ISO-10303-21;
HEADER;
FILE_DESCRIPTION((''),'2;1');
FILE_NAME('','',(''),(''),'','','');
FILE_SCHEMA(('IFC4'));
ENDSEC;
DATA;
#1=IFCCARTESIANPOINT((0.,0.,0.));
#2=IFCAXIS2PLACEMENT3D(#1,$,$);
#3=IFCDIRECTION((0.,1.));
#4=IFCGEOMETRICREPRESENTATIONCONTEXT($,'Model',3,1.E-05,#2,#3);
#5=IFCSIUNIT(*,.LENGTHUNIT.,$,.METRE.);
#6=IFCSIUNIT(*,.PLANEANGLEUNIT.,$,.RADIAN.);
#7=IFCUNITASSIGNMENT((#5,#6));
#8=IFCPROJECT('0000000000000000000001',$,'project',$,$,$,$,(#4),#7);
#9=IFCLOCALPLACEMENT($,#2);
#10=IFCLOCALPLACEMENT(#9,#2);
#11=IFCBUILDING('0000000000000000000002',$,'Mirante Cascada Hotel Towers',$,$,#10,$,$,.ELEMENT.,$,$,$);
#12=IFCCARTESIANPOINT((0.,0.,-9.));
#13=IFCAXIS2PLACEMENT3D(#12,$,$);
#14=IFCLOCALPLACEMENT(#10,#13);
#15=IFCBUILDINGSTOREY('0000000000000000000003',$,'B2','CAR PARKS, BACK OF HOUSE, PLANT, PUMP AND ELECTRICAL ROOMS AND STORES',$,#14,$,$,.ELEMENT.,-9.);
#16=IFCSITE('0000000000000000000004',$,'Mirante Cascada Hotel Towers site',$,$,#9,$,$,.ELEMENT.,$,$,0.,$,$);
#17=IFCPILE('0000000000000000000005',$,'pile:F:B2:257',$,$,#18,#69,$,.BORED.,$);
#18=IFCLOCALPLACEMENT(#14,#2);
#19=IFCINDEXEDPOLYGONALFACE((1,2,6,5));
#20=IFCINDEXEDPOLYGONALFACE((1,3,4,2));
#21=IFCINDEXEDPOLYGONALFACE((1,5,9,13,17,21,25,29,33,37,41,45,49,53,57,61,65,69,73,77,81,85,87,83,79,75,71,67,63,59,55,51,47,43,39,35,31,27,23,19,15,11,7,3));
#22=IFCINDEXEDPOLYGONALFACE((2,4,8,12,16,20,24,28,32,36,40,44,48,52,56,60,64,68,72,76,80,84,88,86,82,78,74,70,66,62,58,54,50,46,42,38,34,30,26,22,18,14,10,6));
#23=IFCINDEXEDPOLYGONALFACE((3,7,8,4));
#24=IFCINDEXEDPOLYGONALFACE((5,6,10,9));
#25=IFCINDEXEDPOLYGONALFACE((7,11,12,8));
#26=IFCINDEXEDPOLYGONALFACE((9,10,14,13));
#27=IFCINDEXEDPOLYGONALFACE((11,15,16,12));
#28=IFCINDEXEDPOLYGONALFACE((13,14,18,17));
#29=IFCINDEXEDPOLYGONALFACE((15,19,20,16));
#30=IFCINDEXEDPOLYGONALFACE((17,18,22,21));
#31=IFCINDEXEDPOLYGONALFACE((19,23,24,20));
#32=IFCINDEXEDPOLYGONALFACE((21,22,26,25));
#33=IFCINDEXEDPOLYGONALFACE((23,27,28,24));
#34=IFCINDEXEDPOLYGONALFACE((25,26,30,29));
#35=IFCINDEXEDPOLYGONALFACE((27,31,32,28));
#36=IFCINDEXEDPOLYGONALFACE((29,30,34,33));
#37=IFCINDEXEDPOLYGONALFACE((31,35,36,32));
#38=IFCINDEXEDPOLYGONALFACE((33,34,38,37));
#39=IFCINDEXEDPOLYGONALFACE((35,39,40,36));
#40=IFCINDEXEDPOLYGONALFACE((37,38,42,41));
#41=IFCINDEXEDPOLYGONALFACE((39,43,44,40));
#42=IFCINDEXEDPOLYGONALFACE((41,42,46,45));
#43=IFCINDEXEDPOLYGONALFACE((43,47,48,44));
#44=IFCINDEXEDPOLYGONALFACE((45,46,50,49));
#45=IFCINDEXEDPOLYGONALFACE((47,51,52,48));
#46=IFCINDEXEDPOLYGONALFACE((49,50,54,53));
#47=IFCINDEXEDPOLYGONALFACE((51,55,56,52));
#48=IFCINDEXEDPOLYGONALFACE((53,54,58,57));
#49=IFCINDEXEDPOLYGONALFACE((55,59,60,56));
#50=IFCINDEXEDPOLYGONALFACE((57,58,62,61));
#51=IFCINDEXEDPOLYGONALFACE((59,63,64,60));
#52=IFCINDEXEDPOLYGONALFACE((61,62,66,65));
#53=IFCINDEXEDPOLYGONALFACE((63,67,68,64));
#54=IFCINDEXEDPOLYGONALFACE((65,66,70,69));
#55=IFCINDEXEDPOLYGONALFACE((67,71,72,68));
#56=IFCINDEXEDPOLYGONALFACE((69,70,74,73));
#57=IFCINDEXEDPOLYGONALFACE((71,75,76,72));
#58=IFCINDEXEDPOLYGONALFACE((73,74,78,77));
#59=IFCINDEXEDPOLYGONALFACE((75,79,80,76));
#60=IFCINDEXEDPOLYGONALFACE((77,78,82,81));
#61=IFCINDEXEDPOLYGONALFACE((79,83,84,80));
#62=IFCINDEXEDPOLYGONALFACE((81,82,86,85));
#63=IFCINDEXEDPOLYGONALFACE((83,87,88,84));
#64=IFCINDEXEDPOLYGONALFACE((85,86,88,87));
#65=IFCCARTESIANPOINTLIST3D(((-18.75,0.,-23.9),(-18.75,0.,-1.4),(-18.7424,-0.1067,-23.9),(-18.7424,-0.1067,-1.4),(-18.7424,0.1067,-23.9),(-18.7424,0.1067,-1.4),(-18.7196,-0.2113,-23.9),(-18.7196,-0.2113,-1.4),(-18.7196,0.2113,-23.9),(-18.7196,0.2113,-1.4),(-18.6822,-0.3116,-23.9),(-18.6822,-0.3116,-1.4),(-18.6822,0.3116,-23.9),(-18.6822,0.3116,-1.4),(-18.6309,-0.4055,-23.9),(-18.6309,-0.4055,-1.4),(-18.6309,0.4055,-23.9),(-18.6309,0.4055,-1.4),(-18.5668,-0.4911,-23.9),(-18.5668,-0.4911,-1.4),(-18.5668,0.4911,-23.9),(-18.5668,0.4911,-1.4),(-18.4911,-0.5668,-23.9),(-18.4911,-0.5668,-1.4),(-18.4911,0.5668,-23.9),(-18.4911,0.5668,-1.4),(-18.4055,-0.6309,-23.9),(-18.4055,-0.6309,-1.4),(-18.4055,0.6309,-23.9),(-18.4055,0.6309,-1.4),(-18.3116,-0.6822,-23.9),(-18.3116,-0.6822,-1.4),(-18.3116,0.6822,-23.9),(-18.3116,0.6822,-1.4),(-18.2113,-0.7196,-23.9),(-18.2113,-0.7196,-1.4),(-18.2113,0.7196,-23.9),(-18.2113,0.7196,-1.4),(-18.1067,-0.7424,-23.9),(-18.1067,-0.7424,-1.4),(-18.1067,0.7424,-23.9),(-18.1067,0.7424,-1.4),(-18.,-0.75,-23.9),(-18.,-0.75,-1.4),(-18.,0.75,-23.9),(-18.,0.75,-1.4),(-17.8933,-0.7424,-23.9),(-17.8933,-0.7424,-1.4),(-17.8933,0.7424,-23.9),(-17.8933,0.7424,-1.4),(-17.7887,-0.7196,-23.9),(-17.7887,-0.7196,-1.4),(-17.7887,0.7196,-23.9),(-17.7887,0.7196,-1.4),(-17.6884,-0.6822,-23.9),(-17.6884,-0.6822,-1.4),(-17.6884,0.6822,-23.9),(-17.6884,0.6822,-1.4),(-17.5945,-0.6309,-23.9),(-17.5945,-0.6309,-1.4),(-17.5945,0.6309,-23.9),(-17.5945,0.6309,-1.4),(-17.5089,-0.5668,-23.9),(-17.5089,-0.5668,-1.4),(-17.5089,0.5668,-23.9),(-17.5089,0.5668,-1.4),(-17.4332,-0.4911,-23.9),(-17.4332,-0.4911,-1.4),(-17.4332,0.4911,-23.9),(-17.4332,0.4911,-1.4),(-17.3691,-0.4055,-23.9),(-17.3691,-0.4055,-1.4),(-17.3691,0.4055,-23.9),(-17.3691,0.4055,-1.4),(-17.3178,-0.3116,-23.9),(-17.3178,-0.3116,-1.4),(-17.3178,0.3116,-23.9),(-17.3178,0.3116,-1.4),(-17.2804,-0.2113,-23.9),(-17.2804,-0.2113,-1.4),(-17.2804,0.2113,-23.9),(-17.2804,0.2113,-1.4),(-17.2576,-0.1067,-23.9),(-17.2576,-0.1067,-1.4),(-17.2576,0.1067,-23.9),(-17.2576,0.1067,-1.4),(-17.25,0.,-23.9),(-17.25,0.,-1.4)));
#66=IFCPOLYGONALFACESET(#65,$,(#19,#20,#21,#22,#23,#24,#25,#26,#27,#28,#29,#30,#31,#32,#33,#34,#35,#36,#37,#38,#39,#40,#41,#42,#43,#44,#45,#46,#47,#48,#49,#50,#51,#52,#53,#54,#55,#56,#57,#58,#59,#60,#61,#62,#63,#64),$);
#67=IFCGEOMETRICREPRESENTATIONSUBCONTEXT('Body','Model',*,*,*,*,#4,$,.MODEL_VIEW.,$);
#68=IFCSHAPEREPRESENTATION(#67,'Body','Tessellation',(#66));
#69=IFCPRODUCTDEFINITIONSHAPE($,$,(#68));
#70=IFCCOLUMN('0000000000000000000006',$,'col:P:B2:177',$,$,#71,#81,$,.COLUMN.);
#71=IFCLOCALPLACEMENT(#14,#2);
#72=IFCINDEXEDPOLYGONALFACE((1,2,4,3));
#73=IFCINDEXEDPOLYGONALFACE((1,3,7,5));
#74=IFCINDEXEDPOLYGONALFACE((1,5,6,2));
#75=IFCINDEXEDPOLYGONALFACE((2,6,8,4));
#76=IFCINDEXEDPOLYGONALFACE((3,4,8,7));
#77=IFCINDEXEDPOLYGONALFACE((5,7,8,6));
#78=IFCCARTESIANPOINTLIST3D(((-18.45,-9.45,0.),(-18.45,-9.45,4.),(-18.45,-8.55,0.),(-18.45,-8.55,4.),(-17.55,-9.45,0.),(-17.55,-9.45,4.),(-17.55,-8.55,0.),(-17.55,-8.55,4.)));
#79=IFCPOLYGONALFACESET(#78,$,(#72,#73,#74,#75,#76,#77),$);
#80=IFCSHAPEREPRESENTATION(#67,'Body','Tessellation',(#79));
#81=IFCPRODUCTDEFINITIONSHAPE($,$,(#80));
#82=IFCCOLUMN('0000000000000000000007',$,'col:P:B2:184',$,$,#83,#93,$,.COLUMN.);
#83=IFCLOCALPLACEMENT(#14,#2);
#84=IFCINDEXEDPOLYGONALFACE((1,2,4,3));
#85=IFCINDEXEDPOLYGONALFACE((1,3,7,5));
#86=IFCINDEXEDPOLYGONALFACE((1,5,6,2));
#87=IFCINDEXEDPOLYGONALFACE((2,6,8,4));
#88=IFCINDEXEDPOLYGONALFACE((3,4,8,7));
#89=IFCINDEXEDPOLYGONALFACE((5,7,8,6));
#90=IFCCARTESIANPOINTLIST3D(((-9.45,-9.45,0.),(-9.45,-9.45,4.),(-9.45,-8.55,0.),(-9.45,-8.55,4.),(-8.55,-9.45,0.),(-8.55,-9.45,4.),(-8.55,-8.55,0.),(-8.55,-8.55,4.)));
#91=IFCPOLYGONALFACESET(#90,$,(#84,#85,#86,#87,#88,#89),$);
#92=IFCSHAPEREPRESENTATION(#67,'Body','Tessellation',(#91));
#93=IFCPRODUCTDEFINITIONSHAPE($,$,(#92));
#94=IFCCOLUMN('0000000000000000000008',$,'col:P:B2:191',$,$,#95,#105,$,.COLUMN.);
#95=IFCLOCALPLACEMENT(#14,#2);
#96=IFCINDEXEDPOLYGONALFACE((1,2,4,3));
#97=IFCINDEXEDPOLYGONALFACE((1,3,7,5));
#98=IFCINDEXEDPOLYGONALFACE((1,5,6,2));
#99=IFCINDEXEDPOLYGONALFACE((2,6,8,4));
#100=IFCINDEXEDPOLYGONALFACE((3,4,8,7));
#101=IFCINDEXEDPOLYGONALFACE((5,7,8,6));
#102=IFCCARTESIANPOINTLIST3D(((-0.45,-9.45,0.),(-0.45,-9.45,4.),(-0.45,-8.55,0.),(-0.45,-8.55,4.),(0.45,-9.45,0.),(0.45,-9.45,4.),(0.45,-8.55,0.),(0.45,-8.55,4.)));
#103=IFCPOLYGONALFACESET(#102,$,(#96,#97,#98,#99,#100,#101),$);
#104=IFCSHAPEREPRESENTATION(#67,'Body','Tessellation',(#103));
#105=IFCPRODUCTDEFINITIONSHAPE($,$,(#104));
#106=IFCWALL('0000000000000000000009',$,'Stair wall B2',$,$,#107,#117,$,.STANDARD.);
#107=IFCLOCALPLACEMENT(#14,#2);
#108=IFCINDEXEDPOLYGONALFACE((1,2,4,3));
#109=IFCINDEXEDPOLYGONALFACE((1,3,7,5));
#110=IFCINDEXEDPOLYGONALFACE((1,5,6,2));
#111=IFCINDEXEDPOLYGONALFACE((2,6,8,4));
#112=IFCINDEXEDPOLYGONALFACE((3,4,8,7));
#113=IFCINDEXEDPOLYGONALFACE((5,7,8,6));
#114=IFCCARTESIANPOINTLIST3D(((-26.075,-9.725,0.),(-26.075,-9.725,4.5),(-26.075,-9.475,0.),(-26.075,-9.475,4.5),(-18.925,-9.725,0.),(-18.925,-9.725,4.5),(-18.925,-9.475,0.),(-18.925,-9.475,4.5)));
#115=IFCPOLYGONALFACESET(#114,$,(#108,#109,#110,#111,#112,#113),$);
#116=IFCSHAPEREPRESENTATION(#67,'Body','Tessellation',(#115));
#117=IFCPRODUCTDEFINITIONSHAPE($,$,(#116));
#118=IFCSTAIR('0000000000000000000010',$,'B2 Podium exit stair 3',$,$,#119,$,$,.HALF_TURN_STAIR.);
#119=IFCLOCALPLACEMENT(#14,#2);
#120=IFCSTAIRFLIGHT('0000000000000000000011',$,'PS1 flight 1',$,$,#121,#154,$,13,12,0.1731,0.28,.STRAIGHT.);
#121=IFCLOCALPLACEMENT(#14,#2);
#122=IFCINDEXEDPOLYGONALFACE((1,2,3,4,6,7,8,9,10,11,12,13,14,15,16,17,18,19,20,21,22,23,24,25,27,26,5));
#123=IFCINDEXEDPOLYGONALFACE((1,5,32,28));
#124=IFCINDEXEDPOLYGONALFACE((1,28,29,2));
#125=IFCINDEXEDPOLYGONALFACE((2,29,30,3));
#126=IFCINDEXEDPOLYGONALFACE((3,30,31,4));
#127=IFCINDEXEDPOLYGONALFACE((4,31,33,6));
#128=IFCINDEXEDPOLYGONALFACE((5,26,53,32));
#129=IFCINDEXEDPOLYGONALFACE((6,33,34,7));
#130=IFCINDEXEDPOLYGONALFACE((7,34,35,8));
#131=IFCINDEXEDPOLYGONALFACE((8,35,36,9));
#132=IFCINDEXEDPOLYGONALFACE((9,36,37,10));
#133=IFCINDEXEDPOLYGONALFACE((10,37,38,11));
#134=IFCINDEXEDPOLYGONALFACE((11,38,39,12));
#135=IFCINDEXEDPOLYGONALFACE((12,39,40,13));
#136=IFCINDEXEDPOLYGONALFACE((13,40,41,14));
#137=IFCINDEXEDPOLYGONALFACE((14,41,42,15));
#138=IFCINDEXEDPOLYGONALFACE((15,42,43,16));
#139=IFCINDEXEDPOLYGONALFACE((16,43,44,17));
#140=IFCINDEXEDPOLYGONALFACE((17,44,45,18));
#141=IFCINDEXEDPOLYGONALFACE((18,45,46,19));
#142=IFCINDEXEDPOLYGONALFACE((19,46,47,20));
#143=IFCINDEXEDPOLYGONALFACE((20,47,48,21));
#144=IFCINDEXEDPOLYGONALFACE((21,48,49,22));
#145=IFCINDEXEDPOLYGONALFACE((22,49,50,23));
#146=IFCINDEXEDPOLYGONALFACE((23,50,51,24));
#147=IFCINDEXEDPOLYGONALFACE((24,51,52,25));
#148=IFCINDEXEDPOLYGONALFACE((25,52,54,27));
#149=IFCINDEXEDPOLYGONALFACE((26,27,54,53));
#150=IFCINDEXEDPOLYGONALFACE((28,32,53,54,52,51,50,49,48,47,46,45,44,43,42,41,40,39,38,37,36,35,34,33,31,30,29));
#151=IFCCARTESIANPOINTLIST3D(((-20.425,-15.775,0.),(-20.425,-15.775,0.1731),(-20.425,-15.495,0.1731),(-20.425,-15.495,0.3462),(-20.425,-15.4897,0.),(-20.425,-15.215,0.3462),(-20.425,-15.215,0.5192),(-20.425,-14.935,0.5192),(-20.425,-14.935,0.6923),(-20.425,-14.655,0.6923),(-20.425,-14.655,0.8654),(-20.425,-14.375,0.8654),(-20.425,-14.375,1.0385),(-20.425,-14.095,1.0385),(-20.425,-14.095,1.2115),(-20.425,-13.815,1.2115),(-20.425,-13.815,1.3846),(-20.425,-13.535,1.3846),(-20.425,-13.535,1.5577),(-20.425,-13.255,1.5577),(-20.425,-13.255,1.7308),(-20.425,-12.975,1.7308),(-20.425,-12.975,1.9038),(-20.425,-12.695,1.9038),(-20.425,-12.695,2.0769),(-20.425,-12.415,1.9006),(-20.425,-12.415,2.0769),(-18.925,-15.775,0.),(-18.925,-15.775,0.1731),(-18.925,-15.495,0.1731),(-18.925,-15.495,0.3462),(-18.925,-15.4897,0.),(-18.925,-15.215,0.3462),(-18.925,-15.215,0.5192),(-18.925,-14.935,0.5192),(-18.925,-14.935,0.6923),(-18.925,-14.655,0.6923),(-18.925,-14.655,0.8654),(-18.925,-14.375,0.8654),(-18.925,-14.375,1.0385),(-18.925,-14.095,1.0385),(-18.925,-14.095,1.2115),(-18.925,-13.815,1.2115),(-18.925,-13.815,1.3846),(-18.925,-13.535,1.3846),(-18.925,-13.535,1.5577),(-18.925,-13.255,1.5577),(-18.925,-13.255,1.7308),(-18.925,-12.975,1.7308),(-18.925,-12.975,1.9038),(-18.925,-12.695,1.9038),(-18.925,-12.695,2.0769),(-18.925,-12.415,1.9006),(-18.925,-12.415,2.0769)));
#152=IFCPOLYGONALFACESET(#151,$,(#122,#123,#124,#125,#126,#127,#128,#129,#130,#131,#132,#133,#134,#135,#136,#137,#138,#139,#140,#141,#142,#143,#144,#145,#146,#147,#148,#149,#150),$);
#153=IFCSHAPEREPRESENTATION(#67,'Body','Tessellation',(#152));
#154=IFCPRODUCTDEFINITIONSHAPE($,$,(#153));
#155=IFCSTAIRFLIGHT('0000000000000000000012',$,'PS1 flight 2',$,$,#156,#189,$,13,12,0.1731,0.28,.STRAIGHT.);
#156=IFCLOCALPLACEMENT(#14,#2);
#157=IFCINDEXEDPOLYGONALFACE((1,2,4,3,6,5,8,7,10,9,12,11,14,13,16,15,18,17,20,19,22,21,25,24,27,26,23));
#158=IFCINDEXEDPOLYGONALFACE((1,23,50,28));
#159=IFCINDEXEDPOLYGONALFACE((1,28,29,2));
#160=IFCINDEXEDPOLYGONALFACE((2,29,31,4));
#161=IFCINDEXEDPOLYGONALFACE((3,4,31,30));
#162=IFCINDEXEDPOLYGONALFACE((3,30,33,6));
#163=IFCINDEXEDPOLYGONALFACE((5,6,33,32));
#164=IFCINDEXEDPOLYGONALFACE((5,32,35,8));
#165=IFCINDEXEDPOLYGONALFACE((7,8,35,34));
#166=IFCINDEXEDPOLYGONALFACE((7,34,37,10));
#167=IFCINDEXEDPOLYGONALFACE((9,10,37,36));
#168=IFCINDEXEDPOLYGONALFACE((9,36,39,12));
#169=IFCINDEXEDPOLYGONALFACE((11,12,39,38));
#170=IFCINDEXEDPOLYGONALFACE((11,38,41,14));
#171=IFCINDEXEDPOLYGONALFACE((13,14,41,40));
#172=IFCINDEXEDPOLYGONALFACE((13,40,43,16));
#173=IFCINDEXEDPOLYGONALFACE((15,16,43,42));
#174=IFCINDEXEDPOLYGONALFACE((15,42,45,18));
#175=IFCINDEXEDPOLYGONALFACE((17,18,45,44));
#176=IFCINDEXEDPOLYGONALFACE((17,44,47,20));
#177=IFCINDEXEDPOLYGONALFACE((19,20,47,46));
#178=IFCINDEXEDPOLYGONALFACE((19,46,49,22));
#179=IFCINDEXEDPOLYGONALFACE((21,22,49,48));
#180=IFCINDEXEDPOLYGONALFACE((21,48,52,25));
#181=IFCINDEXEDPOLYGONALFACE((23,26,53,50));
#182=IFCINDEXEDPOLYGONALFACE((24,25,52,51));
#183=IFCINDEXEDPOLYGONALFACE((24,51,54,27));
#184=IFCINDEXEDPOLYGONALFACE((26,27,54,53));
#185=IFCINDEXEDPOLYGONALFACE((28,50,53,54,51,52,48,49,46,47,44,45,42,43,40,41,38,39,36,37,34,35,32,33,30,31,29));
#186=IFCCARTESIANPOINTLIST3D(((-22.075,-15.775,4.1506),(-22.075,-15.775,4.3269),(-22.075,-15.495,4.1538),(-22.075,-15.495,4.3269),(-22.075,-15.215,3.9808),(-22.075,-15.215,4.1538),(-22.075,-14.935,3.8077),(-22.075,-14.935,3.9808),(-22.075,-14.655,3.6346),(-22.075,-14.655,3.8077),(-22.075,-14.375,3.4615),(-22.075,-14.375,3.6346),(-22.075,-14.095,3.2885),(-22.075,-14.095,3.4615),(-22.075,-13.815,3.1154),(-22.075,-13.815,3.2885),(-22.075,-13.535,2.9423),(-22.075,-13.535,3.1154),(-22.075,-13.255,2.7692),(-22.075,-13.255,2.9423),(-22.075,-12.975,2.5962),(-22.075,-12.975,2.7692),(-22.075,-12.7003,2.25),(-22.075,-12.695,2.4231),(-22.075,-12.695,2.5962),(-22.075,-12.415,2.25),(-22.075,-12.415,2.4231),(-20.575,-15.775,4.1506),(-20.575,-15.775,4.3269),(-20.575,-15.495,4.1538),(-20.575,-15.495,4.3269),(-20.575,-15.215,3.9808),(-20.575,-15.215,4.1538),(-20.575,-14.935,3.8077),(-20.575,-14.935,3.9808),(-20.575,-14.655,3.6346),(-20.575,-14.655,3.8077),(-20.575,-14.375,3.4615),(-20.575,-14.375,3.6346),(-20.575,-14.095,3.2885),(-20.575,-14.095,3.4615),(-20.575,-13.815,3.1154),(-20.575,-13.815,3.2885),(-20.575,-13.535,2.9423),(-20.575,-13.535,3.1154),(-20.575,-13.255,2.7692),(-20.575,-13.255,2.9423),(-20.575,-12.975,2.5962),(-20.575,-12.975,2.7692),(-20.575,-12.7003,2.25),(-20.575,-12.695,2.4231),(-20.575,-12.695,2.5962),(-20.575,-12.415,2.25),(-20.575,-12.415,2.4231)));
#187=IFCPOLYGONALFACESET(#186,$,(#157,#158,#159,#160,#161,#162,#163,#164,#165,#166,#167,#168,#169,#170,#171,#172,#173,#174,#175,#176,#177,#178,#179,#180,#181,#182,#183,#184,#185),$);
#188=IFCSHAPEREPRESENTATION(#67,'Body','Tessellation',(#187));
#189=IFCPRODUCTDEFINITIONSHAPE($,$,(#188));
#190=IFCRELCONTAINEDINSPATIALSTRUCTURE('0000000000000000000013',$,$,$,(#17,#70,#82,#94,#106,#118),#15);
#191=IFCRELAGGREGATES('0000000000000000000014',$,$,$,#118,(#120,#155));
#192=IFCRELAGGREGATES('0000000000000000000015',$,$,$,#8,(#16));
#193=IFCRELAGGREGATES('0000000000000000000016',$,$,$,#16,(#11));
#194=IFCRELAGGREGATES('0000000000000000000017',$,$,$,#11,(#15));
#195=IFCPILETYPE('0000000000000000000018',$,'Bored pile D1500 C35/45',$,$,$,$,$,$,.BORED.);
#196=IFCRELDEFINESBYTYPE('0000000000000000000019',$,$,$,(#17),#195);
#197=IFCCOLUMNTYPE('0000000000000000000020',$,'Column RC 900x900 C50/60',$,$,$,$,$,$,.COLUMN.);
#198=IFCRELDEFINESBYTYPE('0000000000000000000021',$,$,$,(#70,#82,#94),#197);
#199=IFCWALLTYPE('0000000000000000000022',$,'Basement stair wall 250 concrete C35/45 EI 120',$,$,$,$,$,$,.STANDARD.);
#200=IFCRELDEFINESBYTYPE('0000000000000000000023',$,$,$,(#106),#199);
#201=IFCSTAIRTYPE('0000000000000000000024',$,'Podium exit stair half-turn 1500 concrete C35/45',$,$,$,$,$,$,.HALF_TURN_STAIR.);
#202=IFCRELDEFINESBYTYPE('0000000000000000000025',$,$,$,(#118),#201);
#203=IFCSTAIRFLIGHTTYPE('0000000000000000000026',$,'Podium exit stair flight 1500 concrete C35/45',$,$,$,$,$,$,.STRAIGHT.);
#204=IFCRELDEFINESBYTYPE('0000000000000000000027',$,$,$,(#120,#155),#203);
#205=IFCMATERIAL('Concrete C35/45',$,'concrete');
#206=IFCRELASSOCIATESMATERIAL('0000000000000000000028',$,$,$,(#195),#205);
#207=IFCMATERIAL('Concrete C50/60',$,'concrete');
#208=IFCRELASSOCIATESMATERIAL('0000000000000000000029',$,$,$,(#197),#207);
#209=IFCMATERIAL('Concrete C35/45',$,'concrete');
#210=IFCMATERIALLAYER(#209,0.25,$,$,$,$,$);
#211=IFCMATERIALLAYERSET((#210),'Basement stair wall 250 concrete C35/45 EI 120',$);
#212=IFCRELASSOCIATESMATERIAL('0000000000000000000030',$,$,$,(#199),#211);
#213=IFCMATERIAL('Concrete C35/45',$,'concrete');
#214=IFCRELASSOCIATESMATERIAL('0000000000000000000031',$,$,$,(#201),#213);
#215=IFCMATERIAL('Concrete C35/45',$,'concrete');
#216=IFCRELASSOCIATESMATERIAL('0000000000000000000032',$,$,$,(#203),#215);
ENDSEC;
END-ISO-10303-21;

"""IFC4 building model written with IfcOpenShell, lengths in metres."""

from ifc_helpers import new_model, si_unit, direction, frame, frame_2d, origin, origin_2d, place, context, subcontext, project, spatial, polyline, rectangle, circle, outline, extrude, material, layer, layer_set, material_profile, profile_set, type_object, element, aggregate, save


model = new_model("IFC4")

# Units and contexts
model_context = context("Model", 3, precision=1e-05, world=origin(), true_north=direction((0.0, 1.0)))
body_context = subcontext(model_context, "Body", "Model", "MODEL_VIEW")
ifc_project = project(units=[si_unit("LENGTHUNIT", "METRE"), si_unit("PLANEANGLEUNIT", "RADIAN")], contexts=[model_context])

# Site, building, storey
site_placement = place(None, origin())
site = spatial("IfcSite", under=ifc_project, at=site_placement, Name="Mirante Cascada Hotel Towers site", CompositionType="ELEMENT", RefElevation=0.0)
building_placement = place(site_placement, origin())
building = spatial("IfcBuilding", under=site, at=building_placement, Name="Mirante Cascada Hotel Towers", CompositionType="ELEMENT")
storey_placement = place(building_placement, frame((0.0, 0.0, -9.0)))
storey = spatial("IfcBuildingStorey", under=building, at=storey_placement, Name="B2", Description="CAR PARKS, BACK OF HOUSE, PLANT, PUMP AND ELECTRICAL ROOMS AND STORES", CompositionType="ELEMENT", Elevation=-9.0)

# Pile
ifc_material_1 = material(Name="Concrete C35/45", Category="concrete")
ifc_material_profile_1 = material_profile(ifc_material_1, circle(Radius=0.75, at=origin_2d()), Name="RC D1500")
ifc_profile_set_1 = profile_set([ifc_material_profile_1], Name="Concrete C35/45")
pile_type = type_object("IfcPileType", Name="Bored pile D1500 C35/45", PredefinedType="BORED", material=ifc_profile_set_1)
for number, where, z_axis, x_axis, name in (
    (1, (-18.0, 0.0, -1.4), (0.0, 0.0, -1.0), (1.0, 0.0, 0.0), "pile:F:B2:257"),
):
    element("IfcPile", number, at=place(storey_placement, frame(where, z_axis=z_axis, x_axis=x_axis)), inside=storey, type_object=pile_type, Name=name, PredefinedType="BORED", context=body_context, shape_type="SweptSolid", body=[
        extrude(circle(Radius=0.75, at=origin_2d()), origin(), (0.0, 0.0, 1.0), 22.5),
    ])

# Columns
ifc_material_2 = material(Name="Concrete C50/60", Category="concrete")
ifc_material_profile_2 = material_profile(ifc_material_2, rectangle(XDim=0.9, YDim=0.9, at=origin_2d()), Name="RC 900x900")
ifc_profile_set_2 = profile_set([ifc_material_profile_2], Name="Concrete C50/60")
column_type = type_object("IfcColumnType", Name="Column RC 900x900 C50/60", PredefinedType="COLUMN", material=ifc_profile_set_2)
for number, where, z_axis, x_axis, name in (
    (2, (-18.0, -9.0, 0.0), (0.0, 0.0, 1.0), (1.0, 0.0, 0.0), "col:P:B2:177"),
    (3, (-9.0, -9.0, 0.0), (0.0, 0.0, 1.0), (1.0, 0.0, 0.0), "col:P:B2:184"),
    (4, (0.0, -9.0, 0.0), (0.0, 0.0, 1.0), (1.0, 0.0, 0.0), "col:P:B2:191"),
):
    element("IfcColumn", number, at=place(storey_placement, frame(where, z_axis=z_axis, x_axis=x_axis)), inside=storey, type_object=column_type, Name=name, PredefinedType="COLUMN", context=body_context, shape_type="SweptSolid", body=[
        extrude(rectangle(XDim=0.9, YDim=0.9, at=origin_2d()), origin(), (0.0, 0.0, 1.0), 4.0),
    ])

# Wall
ifc_material_3 = material(Name="Concrete C35/45", Category="concrete")
ifc_layer = layer(ifc_material_3, 0.25)
ifc_layer_set = layer_set([ifc_layer], Name="Basement stair wall 250 concrete C35/45 EI 120")
wall_type = type_object("IfcWallType", Name="Basement stair wall 250 concrete C35/45 EI 120", PredefinedType="STANDARD", material=ifc_layer_set)
wall_placement = place(storey_placement, frame((-26.075, -9.6, 0.0), z_axis=(0.0, 0.0, 1.0), x_axis=(1.0, 0.0, 0.0)))
element("IfcWall", 5, at=wall_placement, inside=storey, type_object=wall_type, Name="Stair wall B2", PredefinedType="STANDARD", context=body_context, shape_type="SweptSolid", body=[
    extrude(rectangle(XDim=7.15, YDim=0.25, at=frame_2d((3.575, 0.0))), origin(), (0.0, 0.0, 1.0), 4.5),
])

# Stair, stair flights
ifc_material_4 = material(Name="Concrete C35/45", Category="concrete")
stair_type = type_object("IfcStairType", Name="Podium exit stair half-turn 1500 concrete C35/45", PredefinedType="HALF_TURN_STAIR", material=ifc_material_4)
stair_1_placement = place(storey_placement, origin())
stair_1 = element("IfcStair", 6, at=stair_1_placement, inside=storey, type_object=stair_type, Name="B2 Podium exit stair 3", PredefinedType="HALF_TURN_STAIR")
ifc_material_5 = material(Name="Concrete C35/45", Category="concrete")
stair_flight_type = type_object("IfcStairFlightType", Name="Podium exit stair flight 1500 concrete C35/45", PredefinedType="STRAIGHT", material=ifc_material_5)
stair_flight_1_placement = place(storey_placement, frame((-19.675, -15.775, 0.0), z_axis=(0.0, 0.0, 1.0), x_axis=(0.0, 1.0, 0.0)))
stair_flight_1 = element("IfcStairFlight", 7, at=stair_flight_1_placement, type_object=stair_flight_type, Name="PS1 flight 1", NumberOfRisers=13, NumberOfTreads=12, PredefinedType="STRAIGHT", RiserHeight=0.1731, TreadLength=0.28, context=body_context, shape_type="SweptSolid", body=[
    extrude(outline(polyline([(0.0, 0.0), (0.0, 0.1731), (0.28, 0.1731), (0.28, 0.3462), (0.56, 0.3462), (0.56, 0.5192), (0.84, 0.5192), (0.84, 0.6923), (1.12, 0.6923), (1.12, 0.8654), (1.4, 0.8654), (1.4, 1.0385), (1.68, 1.0385), (1.68, 1.2115), (1.96, 1.2115), (1.96, 1.3846), (2.24, 1.3846), (2.24, 1.5577), (2.52, 1.5577), (2.52, 1.7308), (2.8, 1.7308), (2.8, 1.9038), (3.08, 1.9038), (3.08, 2.0769), (3.36, 2.0769), (3.36, 2.25), (3.36, 1.9006), (0.2853, 0.0), (0.0, 0.0)])), frame((0.0, 0.75, 0.0), z_axis=(0.0, -1.0, 0.0), x_axis=(1.0, 0.0, 0.0)), (0.0, 0.0, 1.0), 1.5),
])
stair_flight_2_placement = place(storey_placement, frame((-21.325, -12.415, 2.25), z_axis=(0.0, 0.0, 1.0), x_axis=(0.0, -1.0, 0.0)))
stair_flight_2 = element("IfcStairFlight", 8, at=stair_flight_2_placement, type_object=stair_flight_type, Name="PS1 flight 2", NumberOfRisers=13, NumberOfTreads=12, PredefinedType="STRAIGHT", RiserHeight=0.1731, TreadLength=0.28, context=body_context, shape_type="SweptSolid", body=[
    extrude(outline(polyline([(0.0, 0.0), (0.0, 0.1731), (0.28, 0.1731), (0.28, 0.3462), (0.56, 0.3462), (0.56, 0.5192), (0.84, 0.5192), (0.84, 0.6923), (1.12, 0.6923), (1.12, 0.8654), (1.4, 0.8654), (1.4, 1.0385), (1.68, 1.0385), (1.68, 1.2115), (1.96, 1.2115), (1.96, 1.3846), (2.24, 1.3846), (2.24, 1.5577), (2.52, 1.5577), (2.52, 1.7308), (2.8, 1.7308), (2.8, 1.9038), (3.08, 1.9038), (3.08, 2.0769), (3.36, 2.0769), (3.36, 2.25), (3.36, 1.9006), (0.2853, 0.0), (0.0, 0.0)])), frame((0.0, 0.75, 0.0), z_axis=(0.0, -1.0, 0.0), x_axis=(1.0, 0.0, 0.0)), (0.0, 0.0, 1.0), 1.5),
])
aggregate(stair_1, [stair_flight_1, stair_flight_2])

save(model, "model.ifc")
